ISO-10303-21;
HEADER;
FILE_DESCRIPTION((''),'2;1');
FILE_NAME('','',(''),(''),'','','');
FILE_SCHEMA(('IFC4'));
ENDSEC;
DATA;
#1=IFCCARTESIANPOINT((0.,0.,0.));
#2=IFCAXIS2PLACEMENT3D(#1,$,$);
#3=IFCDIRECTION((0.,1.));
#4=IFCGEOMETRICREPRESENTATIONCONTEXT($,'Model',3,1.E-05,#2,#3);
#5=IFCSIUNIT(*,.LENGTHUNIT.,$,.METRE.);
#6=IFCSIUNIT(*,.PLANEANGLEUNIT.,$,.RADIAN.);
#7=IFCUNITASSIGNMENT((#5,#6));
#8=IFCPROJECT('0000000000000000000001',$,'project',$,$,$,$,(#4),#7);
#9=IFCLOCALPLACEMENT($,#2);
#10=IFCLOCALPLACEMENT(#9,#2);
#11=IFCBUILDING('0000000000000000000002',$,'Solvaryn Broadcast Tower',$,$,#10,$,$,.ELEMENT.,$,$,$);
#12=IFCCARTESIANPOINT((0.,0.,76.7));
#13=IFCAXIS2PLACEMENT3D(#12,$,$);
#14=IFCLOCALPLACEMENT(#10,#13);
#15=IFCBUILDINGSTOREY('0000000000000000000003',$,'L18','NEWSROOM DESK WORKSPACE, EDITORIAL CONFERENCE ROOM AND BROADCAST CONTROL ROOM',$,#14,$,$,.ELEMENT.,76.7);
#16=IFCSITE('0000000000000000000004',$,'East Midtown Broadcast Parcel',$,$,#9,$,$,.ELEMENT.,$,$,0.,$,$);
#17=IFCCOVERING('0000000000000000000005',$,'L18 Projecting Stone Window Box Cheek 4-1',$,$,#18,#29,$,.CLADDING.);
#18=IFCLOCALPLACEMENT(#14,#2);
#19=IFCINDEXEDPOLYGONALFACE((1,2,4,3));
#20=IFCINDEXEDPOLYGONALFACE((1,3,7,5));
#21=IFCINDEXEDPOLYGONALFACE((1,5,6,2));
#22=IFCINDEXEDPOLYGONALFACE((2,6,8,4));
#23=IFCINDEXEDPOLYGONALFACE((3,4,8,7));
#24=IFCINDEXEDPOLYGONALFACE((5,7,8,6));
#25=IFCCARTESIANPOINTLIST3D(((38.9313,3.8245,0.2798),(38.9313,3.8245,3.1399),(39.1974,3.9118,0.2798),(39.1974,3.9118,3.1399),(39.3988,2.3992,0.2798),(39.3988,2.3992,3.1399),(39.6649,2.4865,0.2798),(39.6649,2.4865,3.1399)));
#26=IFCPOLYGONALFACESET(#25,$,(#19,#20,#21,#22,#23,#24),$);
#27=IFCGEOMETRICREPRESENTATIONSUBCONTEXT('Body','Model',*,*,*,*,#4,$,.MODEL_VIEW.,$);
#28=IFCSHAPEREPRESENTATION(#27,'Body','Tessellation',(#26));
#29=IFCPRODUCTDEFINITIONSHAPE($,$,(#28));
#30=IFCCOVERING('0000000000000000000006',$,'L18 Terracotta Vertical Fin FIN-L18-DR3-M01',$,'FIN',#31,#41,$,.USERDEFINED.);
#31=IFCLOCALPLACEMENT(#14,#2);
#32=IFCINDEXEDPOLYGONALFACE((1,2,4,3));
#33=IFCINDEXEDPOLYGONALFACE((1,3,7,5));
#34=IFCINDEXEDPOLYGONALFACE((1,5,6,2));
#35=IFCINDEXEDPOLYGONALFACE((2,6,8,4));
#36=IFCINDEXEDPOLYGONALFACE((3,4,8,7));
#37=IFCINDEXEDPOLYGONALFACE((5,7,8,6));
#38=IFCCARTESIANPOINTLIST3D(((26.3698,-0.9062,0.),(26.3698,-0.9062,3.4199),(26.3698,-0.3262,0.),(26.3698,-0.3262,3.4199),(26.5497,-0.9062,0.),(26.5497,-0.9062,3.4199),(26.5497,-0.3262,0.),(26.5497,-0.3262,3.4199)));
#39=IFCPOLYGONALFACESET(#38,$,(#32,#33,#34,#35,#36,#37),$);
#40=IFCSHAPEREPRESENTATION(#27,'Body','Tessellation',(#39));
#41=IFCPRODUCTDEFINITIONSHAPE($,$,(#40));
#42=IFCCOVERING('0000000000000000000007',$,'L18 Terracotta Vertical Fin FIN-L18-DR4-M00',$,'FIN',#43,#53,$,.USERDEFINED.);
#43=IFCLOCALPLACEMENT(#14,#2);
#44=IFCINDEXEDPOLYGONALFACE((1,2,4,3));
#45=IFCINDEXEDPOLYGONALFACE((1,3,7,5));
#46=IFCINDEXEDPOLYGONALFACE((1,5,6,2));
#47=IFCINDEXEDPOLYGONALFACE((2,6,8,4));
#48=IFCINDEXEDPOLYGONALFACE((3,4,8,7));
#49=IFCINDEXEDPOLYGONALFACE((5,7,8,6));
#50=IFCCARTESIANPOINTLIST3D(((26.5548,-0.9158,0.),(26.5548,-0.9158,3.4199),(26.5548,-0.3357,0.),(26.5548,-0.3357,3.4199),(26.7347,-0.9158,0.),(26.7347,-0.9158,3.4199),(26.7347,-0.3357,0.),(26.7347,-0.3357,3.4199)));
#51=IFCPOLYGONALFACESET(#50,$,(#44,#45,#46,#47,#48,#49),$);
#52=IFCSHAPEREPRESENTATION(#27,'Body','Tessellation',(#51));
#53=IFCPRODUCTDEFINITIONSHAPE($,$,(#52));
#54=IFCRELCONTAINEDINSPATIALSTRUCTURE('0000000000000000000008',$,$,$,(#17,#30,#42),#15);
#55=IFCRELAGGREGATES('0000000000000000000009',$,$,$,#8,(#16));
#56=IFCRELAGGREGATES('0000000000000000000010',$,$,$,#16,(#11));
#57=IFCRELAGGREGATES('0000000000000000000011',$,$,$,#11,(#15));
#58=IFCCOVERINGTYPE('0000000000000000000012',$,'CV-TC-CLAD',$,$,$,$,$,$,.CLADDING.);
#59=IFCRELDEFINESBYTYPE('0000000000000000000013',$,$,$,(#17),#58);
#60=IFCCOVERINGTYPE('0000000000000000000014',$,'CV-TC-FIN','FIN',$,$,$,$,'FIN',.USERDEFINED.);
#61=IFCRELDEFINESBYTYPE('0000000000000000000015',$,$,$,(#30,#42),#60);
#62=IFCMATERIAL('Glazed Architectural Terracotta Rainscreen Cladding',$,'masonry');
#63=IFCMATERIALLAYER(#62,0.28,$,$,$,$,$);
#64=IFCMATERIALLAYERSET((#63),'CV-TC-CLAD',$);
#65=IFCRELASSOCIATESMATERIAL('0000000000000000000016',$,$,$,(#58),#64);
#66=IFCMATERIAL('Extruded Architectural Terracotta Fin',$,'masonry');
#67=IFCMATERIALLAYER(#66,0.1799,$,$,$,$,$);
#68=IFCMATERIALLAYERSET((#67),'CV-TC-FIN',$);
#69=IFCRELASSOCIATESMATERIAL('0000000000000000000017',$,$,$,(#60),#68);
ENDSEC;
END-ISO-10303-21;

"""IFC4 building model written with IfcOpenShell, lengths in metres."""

from ifc_helpers import new_model, si_unit, direction, frame, origin, origin_2d, place, context, subcontext, project, spatial, rectangle, extrude, material, layer, layer_set, type_object, element, save


model = new_model("IFC4")

# Units and contexts
model_context = context("Model", 3, precision=1e-05, world=origin(), true_north=direction((0.0, 1.0)))
body_context = subcontext(model_context, "Body", "Model", "MODEL_VIEW")
ifc_project = project(units=[si_unit("LENGTHUNIT", "METRE"), si_unit("PLANEANGLEUNIT", "RADIAN")], contexts=[model_context])

# Site, building, storey
site_placement = place(None, origin())
site = spatial("IfcSite", under=ifc_project, at=site_placement, Name="East Midtown Broadcast Parcel", CompositionType="ELEMENT", RefElevation=0.0)
building_placement = place(site_placement, origin())
building = spatial("IfcBuilding", under=site, at=building_placement, Name="Solvaryn Broadcast Tower", CompositionType="ELEMENT")
storey_placement = place(building_placement, frame((0.0, 0.0, 76.7)))
storey = spatial("IfcBuildingStorey", under=building, at=storey_placement, Name="L18", Description="NEWSROOM DESK WORKSPACE, EDITORIAL CONFERENCE ROOM AND BROADCAST CONTROL ROOM", CompositionType="ELEMENT", Elevation=76.7)

# Coverings
ifc_material_1 = material(Name="Glazed Architectural Terracotta Rainscreen Cladding", Category="masonry")
ifc_layer_1 = layer(ifc_material_1, 0.28)
ifc_layer_set_1 = layer_set([ifc_layer_1], Name="CV-TC-CLAD")
covering_type_1 = type_object("IfcCoveringType", Name="CV-TC-CLAD", PredefinedType="CLADDING", material=ifc_layer_set_1)
covering_placement = place(storey_placement, frame((39.2981, 3.1555, 0.2798), z_axis=(0.0, 0.0, 1.0), x_axis=(0.95019, 0.311672, 0.0)))
element("IfcCovering", 1, at=covering_placement, inside=storey, type_object=covering_type_1, Name="L18 Projecting Stone Window Box Cheek 4-1", PredefinedType="CLADDING", context=body_context, shape_type="SweptSolid", body=[
    extrude(rectangle(XDim=0.28, YDim=1.5, at=origin_2d()), origin(), (0.0, 0.0, 1.0), 2.8601),
])
ifc_material_2 = material(Name="Extruded Architectural Terracotta Fin", Category="masonry")
ifc_layer_2 = layer(ifc_material_2, 0.1799)
ifc_layer_set_2 = layer_set([ifc_layer_2], Name="CV-TC-FIN")
covering_type_2 = type_object("IfcCoveringType", Name="CV-TC-FIN", Description="FIN", ElementType="FIN", PredefinedType="USERDEFINED", material=ifc_layer_set_2)
for number, where, z_axis, x_axis, name in (
    (2, (26.4597, -0.6162, 0.0), (0.0, 0.0, 1.0), (1.0, 0.0, 0.0), "L18 Terracotta Vertical Fin FIN-L18-DR3-M01"),
    (3, (26.6448, -0.6257, 0.0), (0.0, 0.0, 1.0), (1.0, 0.0, 0.0), "L18 Terracotta Vertical Fin FIN-L18-DR4-M00"),
):
    element("IfcCovering", number, at=place(storey_placement, frame(where, z_axis=z_axis, x_axis=x_axis)), inside=storey, type_object=covering_type_2, Name=name, ObjectType="FIN", PredefinedType="USERDEFINED", context=body_context, shape_type="SweptSolid", body=[
        extrude(rectangle(XDim=0.1799, YDim=0.5801, at=origin_2d()), origin(), (0.0, 0.0, 1.0), 3.4199),
    ])

save(model, "model.ifc")
